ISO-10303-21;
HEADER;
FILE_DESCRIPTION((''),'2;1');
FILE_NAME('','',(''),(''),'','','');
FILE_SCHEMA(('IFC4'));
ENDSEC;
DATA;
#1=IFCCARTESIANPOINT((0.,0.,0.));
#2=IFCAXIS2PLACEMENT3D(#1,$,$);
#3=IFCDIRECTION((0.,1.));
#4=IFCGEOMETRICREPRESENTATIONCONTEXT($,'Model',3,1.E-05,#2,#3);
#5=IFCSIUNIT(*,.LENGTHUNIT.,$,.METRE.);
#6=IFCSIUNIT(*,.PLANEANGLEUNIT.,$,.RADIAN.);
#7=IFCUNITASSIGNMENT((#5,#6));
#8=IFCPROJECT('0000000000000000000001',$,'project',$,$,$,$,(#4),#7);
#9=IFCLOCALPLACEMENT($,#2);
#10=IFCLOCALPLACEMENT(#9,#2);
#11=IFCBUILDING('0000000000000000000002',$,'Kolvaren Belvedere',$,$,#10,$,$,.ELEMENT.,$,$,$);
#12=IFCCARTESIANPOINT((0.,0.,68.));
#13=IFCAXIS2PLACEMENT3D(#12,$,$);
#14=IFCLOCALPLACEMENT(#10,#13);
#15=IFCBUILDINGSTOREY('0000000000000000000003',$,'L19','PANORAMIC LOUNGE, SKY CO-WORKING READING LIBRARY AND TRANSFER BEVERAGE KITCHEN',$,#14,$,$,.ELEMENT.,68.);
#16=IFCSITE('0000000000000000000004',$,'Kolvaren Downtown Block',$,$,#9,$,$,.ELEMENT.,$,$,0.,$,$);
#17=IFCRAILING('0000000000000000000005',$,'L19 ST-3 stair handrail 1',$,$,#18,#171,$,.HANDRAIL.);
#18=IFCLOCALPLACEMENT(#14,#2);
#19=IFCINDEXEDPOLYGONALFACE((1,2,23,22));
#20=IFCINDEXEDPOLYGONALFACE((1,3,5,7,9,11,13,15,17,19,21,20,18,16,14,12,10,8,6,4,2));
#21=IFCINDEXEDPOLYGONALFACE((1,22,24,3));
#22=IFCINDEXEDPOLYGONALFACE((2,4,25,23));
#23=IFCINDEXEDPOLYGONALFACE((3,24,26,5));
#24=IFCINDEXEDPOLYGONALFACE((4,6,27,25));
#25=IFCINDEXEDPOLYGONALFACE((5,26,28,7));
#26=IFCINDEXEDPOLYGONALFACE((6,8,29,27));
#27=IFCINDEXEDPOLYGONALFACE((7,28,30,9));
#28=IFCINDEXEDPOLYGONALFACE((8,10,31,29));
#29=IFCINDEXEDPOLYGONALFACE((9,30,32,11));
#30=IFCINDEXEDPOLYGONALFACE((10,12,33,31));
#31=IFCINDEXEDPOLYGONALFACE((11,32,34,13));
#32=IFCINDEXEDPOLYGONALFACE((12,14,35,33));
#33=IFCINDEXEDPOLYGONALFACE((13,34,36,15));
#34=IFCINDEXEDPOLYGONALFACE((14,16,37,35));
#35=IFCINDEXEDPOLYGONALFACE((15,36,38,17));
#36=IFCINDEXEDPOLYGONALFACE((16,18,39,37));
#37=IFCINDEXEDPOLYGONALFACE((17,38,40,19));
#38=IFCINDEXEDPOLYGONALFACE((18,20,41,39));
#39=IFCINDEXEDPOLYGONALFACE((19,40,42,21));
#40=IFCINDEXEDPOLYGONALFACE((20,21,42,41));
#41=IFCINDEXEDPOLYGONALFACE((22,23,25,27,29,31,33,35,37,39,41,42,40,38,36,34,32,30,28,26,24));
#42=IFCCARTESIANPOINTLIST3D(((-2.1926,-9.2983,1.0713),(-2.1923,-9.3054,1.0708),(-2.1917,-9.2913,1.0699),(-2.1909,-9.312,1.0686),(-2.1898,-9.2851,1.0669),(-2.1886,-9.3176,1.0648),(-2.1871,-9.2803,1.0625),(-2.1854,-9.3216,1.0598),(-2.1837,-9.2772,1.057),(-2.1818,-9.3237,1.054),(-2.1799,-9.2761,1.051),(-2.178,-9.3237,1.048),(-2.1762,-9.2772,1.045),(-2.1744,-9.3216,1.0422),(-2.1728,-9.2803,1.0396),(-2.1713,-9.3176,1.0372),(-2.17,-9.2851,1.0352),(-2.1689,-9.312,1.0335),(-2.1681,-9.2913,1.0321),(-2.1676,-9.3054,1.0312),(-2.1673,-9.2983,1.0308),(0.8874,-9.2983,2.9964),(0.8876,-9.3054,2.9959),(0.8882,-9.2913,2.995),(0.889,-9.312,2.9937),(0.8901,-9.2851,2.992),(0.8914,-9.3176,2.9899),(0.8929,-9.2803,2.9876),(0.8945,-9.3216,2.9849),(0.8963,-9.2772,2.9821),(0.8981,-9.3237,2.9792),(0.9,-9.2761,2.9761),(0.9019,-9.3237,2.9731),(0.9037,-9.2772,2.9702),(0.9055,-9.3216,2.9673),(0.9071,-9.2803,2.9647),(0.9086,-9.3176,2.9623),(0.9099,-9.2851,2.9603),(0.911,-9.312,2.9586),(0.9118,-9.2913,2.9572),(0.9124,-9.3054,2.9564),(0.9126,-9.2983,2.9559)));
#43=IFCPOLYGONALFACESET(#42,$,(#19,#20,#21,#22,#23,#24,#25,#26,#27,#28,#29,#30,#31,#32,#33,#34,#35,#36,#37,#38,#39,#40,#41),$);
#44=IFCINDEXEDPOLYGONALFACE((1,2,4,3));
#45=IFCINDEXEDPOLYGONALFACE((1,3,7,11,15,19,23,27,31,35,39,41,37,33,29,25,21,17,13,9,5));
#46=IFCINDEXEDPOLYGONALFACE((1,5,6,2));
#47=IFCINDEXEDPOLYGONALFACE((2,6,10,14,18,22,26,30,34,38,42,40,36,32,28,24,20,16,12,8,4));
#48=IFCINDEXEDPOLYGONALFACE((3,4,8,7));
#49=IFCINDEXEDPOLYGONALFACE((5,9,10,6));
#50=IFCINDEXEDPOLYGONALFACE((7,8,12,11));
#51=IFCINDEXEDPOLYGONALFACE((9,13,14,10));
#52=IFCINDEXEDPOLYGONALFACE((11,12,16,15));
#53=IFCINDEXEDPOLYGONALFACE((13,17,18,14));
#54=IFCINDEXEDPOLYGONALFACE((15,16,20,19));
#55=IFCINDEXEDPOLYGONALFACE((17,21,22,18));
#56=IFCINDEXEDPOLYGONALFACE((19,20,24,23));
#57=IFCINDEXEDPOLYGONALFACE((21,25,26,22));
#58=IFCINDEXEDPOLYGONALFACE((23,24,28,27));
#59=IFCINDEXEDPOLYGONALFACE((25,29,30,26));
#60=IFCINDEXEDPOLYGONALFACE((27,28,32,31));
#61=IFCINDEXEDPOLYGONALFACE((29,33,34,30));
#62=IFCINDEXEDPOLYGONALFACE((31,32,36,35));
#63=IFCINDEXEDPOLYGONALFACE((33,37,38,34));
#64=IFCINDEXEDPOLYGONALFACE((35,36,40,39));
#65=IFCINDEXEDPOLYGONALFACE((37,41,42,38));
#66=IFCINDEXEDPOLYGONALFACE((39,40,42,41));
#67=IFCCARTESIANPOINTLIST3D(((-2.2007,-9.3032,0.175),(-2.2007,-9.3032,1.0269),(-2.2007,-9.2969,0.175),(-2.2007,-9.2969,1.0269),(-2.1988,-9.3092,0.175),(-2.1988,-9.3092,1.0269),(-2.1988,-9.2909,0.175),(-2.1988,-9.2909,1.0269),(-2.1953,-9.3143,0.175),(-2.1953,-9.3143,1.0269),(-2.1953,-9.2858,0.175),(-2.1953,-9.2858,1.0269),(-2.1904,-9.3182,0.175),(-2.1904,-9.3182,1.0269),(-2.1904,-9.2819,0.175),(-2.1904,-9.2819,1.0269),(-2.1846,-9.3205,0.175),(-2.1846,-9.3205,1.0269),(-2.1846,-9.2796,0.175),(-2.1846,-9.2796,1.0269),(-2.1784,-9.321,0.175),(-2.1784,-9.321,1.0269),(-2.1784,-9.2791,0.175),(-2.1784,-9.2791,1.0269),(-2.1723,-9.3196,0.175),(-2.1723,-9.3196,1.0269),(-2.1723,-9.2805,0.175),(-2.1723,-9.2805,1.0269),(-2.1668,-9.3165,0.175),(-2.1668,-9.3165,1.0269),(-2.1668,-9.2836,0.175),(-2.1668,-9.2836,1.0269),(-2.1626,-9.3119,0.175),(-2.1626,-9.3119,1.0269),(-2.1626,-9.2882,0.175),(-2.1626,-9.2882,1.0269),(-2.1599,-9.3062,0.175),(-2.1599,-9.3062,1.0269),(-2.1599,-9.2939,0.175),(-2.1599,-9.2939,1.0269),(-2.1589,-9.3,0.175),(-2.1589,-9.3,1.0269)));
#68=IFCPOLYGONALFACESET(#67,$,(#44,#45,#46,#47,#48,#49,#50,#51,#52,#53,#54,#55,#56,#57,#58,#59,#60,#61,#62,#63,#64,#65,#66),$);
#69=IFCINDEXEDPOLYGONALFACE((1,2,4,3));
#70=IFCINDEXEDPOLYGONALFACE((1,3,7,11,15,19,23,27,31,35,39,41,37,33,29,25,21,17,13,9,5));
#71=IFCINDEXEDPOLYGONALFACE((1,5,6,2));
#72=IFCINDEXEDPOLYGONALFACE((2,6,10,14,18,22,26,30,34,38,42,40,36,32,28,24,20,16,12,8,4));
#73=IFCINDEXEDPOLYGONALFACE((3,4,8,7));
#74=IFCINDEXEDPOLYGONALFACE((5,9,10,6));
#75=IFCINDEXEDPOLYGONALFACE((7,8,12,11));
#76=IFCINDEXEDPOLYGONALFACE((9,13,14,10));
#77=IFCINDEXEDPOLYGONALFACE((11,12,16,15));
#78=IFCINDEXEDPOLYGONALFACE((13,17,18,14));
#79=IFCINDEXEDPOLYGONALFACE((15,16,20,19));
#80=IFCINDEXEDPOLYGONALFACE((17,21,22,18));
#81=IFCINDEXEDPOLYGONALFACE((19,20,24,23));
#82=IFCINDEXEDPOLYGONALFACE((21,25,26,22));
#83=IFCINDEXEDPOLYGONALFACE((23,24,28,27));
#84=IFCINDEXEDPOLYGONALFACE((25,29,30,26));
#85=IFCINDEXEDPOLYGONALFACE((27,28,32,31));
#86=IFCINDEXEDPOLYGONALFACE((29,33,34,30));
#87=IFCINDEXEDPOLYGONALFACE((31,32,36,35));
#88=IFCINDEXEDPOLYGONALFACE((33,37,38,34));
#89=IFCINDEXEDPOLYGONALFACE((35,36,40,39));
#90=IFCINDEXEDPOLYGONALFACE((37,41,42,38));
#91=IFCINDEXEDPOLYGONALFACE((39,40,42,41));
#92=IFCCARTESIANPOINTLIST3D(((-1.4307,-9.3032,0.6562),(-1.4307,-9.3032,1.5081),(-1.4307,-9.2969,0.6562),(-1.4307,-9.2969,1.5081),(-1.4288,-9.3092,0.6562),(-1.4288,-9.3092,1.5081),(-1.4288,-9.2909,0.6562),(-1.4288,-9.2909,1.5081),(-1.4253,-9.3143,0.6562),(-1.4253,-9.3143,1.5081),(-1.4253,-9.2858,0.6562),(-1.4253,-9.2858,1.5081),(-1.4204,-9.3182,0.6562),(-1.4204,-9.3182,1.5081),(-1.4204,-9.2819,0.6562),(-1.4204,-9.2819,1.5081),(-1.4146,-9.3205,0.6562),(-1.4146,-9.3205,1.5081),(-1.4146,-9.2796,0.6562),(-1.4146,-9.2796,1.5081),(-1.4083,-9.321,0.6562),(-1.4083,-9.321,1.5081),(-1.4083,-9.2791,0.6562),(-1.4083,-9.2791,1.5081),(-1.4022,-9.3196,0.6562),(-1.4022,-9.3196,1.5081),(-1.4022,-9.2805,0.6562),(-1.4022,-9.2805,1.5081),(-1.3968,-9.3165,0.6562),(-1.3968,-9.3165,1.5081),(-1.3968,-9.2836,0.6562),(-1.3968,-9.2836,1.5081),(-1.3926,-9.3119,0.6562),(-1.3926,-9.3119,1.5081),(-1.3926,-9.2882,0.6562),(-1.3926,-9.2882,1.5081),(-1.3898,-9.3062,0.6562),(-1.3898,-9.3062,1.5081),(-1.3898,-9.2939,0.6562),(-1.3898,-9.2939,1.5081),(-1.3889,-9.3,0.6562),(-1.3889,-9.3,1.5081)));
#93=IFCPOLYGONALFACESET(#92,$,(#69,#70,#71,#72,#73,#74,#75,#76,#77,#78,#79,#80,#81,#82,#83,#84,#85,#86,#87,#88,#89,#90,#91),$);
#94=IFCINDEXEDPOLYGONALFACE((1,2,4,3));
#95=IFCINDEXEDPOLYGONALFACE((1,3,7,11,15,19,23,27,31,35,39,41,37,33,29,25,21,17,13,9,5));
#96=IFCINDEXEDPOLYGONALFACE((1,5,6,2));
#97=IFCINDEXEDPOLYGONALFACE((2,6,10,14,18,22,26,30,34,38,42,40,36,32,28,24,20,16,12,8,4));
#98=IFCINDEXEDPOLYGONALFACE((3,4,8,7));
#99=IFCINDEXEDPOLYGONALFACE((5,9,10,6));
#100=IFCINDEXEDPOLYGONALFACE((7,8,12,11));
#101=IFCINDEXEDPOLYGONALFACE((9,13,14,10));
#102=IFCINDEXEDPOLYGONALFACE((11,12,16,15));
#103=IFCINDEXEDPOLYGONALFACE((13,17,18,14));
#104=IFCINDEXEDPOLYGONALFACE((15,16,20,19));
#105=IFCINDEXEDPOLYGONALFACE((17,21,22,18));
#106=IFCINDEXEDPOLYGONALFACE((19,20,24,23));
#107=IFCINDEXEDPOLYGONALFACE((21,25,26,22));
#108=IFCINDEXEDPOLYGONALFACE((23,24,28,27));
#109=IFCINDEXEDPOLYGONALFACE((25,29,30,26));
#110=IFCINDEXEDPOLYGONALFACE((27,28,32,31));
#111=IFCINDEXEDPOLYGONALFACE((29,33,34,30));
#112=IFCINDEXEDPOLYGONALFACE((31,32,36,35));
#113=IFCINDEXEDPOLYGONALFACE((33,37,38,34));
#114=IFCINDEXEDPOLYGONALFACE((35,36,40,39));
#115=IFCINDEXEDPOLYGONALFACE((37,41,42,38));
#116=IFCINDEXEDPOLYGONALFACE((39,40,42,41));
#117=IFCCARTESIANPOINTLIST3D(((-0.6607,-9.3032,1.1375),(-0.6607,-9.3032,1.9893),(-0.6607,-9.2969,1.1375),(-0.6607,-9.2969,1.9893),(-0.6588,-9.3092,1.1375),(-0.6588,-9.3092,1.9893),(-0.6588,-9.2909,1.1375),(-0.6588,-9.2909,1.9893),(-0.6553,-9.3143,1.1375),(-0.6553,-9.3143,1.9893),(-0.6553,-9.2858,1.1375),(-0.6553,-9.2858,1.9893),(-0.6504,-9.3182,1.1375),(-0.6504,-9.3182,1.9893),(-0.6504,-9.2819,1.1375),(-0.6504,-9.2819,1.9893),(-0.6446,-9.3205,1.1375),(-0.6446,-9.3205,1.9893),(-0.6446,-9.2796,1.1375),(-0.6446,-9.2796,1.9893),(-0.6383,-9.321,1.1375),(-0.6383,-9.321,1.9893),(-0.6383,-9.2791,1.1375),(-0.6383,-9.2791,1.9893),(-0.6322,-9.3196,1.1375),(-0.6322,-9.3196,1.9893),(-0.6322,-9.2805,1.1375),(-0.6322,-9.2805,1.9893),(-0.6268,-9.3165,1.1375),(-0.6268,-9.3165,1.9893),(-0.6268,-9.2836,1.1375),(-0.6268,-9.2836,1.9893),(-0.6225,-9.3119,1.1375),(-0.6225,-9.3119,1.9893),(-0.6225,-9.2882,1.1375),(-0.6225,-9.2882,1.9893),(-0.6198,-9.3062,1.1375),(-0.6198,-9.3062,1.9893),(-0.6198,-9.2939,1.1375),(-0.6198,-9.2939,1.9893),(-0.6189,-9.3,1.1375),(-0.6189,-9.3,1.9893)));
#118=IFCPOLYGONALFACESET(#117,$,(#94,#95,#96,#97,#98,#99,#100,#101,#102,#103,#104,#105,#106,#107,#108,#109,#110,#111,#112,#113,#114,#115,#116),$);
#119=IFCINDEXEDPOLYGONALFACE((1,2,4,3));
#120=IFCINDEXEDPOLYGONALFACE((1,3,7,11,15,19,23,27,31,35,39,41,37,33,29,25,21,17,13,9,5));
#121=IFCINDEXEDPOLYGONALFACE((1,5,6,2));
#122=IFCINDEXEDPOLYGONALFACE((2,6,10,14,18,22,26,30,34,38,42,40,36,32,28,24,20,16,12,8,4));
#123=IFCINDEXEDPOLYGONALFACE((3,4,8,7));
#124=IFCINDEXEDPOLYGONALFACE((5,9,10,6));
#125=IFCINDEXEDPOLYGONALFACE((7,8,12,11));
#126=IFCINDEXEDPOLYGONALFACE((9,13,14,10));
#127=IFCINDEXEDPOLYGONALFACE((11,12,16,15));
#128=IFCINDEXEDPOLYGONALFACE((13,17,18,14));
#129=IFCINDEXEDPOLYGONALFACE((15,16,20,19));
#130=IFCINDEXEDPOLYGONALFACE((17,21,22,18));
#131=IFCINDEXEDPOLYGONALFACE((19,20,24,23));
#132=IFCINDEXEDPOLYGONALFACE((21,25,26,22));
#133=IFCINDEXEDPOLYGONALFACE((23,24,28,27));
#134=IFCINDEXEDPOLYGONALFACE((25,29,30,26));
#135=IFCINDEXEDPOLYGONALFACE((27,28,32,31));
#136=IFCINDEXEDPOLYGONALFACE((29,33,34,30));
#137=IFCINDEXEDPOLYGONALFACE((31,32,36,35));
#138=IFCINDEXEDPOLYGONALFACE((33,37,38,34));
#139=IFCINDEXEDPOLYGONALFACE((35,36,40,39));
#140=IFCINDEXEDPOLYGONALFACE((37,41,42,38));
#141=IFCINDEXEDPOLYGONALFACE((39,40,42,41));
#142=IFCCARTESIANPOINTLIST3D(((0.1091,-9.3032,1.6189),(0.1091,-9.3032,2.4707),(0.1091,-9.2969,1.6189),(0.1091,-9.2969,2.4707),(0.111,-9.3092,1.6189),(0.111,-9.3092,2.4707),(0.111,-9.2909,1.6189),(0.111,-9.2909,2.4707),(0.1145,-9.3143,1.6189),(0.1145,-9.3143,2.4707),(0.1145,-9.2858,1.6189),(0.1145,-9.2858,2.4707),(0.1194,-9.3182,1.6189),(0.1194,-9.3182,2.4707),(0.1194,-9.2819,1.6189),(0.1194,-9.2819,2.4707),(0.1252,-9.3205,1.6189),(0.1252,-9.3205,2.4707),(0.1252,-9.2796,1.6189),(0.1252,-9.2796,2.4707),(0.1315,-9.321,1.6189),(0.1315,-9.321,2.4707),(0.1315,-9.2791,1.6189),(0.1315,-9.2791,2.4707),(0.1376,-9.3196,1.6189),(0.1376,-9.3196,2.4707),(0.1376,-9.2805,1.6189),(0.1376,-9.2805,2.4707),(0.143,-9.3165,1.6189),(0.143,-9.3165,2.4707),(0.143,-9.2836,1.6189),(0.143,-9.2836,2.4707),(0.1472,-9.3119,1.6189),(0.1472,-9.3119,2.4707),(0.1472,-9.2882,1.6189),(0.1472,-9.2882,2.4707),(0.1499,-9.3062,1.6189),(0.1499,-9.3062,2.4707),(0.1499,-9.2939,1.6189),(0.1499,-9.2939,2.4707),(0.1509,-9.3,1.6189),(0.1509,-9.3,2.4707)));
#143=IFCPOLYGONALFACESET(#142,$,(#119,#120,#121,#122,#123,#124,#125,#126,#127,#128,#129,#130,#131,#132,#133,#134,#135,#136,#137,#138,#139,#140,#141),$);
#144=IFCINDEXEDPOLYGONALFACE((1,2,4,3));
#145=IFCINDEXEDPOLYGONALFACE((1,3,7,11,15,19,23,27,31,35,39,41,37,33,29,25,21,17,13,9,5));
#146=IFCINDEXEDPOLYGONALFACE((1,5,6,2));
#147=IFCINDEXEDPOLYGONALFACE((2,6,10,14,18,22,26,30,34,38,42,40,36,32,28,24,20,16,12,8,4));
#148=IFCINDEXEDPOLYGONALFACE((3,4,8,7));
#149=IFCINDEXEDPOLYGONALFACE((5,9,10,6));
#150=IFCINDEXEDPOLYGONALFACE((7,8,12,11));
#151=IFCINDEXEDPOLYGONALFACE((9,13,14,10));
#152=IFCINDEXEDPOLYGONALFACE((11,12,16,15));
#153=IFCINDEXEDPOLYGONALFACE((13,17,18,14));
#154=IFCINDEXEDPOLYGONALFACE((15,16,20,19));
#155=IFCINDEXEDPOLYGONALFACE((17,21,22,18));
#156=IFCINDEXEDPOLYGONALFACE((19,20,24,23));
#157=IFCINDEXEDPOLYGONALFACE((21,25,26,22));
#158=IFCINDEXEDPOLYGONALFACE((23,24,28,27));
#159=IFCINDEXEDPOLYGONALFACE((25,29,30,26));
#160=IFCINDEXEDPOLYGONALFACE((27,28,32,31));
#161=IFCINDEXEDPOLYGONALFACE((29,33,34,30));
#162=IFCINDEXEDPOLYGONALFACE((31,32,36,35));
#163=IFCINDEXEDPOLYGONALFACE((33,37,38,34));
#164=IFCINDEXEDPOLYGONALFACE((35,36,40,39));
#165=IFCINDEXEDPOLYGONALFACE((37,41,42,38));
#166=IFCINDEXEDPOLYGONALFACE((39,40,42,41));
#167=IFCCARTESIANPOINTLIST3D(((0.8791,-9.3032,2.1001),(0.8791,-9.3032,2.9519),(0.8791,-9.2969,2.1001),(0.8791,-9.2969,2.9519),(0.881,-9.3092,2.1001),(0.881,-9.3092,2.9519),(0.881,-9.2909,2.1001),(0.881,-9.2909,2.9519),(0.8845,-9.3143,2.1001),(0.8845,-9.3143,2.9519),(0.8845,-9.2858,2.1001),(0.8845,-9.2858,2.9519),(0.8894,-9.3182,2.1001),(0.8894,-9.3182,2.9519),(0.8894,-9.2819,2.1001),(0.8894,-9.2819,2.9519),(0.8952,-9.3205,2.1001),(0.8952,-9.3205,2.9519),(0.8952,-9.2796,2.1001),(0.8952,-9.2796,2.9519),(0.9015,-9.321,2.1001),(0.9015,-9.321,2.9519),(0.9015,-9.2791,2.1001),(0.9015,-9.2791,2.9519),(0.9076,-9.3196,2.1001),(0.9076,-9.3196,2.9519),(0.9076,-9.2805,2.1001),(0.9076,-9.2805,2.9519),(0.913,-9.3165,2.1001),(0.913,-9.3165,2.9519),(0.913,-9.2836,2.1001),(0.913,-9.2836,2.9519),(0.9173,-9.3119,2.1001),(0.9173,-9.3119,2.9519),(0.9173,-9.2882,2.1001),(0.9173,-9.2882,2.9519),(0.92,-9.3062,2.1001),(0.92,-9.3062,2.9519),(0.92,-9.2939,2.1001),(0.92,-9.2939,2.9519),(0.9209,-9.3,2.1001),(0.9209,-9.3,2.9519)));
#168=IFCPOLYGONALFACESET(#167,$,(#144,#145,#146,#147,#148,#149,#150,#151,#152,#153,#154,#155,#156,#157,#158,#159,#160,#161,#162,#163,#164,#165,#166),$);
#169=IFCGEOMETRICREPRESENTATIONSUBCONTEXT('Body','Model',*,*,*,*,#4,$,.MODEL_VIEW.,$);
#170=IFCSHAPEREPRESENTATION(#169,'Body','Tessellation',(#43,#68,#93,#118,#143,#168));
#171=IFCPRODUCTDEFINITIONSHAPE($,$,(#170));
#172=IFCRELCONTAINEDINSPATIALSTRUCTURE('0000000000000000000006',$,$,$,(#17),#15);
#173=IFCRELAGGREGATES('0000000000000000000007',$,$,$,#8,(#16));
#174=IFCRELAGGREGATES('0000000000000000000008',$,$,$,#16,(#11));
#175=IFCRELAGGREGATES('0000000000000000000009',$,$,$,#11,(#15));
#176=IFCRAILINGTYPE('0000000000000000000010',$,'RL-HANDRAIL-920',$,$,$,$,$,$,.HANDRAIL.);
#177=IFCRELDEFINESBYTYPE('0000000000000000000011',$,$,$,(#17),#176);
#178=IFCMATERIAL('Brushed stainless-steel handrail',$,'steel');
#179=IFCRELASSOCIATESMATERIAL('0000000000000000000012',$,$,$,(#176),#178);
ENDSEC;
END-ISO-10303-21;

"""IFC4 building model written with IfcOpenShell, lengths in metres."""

from ifc_helpers import new_model, si_unit, direction, frame, origin, origin_2d, place, context, subcontext, project, spatial, circle, extrude, material, type_object, element, save


model = new_model("IFC4")

# Units and contexts
model_context = context("Model", 3, precision=1e-05, world=origin(), true_north=direction((0.0, 1.0)))
body_context = subcontext(model_context, "Body", "Model", "MODEL_VIEW")
ifc_project = project(units=[si_unit("LENGTHUNIT", "METRE"), si_unit("PLANEANGLEUNIT", "RADIAN")], contexts=[model_context])

# Site, building, storey
site_placement = place(None, origin())
site = spatial("IfcSite", under=ifc_project, at=site_placement, Name="Kolvaren Downtown Block", CompositionType="ELEMENT", RefElevation=0.0)
building_placement = place(site_placement, origin())
building = spatial("IfcBuilding", under=site, at=building_placement, Name="Kolvaren Belvedere", CompositionType="ELEMENT")
storey_placement = place(building_placement, frame((0.0, 0.0, 68.0)))
storey = spatial("IfcBuildingStorey", under=building, at=storey_placement, Name="L19", Description="PANORAMIC LOUNGE, SKY CO-WORKING READING LIBRARY AND TRANSFER BEVERAGE KITCHEN", CompositionType="ELEMENT", Elevation=68.0)

# Railing
ifc_material_1 = material(Name="Brushed stainless-steel handrail", Category="steel")
railing_type_1 = type_object("IfcRailingType", Name="RL-HANDRAIL-920", PredefinedType="HANDRAIL", material=ifc_material_1)
railing_1_placement = place(storey_placement, frame((-2.1799, -9.3, 0.175)))
element("IfcRailing", 1, at=railing_1_placement, inside=storey, type_object=railing_type_1, Name="L19 ST-3 stair handrail 1", PredefinedType="HANDRAIL", context=body_context, shape_type="SweptSolid", body=[
    extrude(circle(Radius=0.0239, at=origin_2d()), frame((0.0, 0.0, 0.876), z_axis=(0.847979, 0.0, 0.530029), x_axis=(0.0, 1.0, 0.0)), (0.0, 0.0, 1.0), 3.6321),
    extrude(circle(Radius=0.021, at=origin_2d()), origin(), (0.0, 0.0, 1.0), 0.8518),
    extrude(circle(Radius=0.021, at=origin_2d()), frame((0.77, 0.0, 0.4812)), (0.0, 0.0, 1.0), 0.8518),
    extrude(circle(Radius=0.021, at=origin_2d()), frame((1.54, 0.0, 0.9624)), (0.0, 0.0, 1.0), 0.8518),
    extrude(circle(Radius=0.021, at=origin_2d()), frame((2.3098, 0.0, 1.4438)), (0.0, 0.0, 1.0), 0.8518),
    extrude(circle(Radius=0.021, at=origin_2d()), frame((3.0798, 0.0, 1.925)), (0.0, 0.0, 1.0), 0.8518),
])

save(model, "model.ifc")
